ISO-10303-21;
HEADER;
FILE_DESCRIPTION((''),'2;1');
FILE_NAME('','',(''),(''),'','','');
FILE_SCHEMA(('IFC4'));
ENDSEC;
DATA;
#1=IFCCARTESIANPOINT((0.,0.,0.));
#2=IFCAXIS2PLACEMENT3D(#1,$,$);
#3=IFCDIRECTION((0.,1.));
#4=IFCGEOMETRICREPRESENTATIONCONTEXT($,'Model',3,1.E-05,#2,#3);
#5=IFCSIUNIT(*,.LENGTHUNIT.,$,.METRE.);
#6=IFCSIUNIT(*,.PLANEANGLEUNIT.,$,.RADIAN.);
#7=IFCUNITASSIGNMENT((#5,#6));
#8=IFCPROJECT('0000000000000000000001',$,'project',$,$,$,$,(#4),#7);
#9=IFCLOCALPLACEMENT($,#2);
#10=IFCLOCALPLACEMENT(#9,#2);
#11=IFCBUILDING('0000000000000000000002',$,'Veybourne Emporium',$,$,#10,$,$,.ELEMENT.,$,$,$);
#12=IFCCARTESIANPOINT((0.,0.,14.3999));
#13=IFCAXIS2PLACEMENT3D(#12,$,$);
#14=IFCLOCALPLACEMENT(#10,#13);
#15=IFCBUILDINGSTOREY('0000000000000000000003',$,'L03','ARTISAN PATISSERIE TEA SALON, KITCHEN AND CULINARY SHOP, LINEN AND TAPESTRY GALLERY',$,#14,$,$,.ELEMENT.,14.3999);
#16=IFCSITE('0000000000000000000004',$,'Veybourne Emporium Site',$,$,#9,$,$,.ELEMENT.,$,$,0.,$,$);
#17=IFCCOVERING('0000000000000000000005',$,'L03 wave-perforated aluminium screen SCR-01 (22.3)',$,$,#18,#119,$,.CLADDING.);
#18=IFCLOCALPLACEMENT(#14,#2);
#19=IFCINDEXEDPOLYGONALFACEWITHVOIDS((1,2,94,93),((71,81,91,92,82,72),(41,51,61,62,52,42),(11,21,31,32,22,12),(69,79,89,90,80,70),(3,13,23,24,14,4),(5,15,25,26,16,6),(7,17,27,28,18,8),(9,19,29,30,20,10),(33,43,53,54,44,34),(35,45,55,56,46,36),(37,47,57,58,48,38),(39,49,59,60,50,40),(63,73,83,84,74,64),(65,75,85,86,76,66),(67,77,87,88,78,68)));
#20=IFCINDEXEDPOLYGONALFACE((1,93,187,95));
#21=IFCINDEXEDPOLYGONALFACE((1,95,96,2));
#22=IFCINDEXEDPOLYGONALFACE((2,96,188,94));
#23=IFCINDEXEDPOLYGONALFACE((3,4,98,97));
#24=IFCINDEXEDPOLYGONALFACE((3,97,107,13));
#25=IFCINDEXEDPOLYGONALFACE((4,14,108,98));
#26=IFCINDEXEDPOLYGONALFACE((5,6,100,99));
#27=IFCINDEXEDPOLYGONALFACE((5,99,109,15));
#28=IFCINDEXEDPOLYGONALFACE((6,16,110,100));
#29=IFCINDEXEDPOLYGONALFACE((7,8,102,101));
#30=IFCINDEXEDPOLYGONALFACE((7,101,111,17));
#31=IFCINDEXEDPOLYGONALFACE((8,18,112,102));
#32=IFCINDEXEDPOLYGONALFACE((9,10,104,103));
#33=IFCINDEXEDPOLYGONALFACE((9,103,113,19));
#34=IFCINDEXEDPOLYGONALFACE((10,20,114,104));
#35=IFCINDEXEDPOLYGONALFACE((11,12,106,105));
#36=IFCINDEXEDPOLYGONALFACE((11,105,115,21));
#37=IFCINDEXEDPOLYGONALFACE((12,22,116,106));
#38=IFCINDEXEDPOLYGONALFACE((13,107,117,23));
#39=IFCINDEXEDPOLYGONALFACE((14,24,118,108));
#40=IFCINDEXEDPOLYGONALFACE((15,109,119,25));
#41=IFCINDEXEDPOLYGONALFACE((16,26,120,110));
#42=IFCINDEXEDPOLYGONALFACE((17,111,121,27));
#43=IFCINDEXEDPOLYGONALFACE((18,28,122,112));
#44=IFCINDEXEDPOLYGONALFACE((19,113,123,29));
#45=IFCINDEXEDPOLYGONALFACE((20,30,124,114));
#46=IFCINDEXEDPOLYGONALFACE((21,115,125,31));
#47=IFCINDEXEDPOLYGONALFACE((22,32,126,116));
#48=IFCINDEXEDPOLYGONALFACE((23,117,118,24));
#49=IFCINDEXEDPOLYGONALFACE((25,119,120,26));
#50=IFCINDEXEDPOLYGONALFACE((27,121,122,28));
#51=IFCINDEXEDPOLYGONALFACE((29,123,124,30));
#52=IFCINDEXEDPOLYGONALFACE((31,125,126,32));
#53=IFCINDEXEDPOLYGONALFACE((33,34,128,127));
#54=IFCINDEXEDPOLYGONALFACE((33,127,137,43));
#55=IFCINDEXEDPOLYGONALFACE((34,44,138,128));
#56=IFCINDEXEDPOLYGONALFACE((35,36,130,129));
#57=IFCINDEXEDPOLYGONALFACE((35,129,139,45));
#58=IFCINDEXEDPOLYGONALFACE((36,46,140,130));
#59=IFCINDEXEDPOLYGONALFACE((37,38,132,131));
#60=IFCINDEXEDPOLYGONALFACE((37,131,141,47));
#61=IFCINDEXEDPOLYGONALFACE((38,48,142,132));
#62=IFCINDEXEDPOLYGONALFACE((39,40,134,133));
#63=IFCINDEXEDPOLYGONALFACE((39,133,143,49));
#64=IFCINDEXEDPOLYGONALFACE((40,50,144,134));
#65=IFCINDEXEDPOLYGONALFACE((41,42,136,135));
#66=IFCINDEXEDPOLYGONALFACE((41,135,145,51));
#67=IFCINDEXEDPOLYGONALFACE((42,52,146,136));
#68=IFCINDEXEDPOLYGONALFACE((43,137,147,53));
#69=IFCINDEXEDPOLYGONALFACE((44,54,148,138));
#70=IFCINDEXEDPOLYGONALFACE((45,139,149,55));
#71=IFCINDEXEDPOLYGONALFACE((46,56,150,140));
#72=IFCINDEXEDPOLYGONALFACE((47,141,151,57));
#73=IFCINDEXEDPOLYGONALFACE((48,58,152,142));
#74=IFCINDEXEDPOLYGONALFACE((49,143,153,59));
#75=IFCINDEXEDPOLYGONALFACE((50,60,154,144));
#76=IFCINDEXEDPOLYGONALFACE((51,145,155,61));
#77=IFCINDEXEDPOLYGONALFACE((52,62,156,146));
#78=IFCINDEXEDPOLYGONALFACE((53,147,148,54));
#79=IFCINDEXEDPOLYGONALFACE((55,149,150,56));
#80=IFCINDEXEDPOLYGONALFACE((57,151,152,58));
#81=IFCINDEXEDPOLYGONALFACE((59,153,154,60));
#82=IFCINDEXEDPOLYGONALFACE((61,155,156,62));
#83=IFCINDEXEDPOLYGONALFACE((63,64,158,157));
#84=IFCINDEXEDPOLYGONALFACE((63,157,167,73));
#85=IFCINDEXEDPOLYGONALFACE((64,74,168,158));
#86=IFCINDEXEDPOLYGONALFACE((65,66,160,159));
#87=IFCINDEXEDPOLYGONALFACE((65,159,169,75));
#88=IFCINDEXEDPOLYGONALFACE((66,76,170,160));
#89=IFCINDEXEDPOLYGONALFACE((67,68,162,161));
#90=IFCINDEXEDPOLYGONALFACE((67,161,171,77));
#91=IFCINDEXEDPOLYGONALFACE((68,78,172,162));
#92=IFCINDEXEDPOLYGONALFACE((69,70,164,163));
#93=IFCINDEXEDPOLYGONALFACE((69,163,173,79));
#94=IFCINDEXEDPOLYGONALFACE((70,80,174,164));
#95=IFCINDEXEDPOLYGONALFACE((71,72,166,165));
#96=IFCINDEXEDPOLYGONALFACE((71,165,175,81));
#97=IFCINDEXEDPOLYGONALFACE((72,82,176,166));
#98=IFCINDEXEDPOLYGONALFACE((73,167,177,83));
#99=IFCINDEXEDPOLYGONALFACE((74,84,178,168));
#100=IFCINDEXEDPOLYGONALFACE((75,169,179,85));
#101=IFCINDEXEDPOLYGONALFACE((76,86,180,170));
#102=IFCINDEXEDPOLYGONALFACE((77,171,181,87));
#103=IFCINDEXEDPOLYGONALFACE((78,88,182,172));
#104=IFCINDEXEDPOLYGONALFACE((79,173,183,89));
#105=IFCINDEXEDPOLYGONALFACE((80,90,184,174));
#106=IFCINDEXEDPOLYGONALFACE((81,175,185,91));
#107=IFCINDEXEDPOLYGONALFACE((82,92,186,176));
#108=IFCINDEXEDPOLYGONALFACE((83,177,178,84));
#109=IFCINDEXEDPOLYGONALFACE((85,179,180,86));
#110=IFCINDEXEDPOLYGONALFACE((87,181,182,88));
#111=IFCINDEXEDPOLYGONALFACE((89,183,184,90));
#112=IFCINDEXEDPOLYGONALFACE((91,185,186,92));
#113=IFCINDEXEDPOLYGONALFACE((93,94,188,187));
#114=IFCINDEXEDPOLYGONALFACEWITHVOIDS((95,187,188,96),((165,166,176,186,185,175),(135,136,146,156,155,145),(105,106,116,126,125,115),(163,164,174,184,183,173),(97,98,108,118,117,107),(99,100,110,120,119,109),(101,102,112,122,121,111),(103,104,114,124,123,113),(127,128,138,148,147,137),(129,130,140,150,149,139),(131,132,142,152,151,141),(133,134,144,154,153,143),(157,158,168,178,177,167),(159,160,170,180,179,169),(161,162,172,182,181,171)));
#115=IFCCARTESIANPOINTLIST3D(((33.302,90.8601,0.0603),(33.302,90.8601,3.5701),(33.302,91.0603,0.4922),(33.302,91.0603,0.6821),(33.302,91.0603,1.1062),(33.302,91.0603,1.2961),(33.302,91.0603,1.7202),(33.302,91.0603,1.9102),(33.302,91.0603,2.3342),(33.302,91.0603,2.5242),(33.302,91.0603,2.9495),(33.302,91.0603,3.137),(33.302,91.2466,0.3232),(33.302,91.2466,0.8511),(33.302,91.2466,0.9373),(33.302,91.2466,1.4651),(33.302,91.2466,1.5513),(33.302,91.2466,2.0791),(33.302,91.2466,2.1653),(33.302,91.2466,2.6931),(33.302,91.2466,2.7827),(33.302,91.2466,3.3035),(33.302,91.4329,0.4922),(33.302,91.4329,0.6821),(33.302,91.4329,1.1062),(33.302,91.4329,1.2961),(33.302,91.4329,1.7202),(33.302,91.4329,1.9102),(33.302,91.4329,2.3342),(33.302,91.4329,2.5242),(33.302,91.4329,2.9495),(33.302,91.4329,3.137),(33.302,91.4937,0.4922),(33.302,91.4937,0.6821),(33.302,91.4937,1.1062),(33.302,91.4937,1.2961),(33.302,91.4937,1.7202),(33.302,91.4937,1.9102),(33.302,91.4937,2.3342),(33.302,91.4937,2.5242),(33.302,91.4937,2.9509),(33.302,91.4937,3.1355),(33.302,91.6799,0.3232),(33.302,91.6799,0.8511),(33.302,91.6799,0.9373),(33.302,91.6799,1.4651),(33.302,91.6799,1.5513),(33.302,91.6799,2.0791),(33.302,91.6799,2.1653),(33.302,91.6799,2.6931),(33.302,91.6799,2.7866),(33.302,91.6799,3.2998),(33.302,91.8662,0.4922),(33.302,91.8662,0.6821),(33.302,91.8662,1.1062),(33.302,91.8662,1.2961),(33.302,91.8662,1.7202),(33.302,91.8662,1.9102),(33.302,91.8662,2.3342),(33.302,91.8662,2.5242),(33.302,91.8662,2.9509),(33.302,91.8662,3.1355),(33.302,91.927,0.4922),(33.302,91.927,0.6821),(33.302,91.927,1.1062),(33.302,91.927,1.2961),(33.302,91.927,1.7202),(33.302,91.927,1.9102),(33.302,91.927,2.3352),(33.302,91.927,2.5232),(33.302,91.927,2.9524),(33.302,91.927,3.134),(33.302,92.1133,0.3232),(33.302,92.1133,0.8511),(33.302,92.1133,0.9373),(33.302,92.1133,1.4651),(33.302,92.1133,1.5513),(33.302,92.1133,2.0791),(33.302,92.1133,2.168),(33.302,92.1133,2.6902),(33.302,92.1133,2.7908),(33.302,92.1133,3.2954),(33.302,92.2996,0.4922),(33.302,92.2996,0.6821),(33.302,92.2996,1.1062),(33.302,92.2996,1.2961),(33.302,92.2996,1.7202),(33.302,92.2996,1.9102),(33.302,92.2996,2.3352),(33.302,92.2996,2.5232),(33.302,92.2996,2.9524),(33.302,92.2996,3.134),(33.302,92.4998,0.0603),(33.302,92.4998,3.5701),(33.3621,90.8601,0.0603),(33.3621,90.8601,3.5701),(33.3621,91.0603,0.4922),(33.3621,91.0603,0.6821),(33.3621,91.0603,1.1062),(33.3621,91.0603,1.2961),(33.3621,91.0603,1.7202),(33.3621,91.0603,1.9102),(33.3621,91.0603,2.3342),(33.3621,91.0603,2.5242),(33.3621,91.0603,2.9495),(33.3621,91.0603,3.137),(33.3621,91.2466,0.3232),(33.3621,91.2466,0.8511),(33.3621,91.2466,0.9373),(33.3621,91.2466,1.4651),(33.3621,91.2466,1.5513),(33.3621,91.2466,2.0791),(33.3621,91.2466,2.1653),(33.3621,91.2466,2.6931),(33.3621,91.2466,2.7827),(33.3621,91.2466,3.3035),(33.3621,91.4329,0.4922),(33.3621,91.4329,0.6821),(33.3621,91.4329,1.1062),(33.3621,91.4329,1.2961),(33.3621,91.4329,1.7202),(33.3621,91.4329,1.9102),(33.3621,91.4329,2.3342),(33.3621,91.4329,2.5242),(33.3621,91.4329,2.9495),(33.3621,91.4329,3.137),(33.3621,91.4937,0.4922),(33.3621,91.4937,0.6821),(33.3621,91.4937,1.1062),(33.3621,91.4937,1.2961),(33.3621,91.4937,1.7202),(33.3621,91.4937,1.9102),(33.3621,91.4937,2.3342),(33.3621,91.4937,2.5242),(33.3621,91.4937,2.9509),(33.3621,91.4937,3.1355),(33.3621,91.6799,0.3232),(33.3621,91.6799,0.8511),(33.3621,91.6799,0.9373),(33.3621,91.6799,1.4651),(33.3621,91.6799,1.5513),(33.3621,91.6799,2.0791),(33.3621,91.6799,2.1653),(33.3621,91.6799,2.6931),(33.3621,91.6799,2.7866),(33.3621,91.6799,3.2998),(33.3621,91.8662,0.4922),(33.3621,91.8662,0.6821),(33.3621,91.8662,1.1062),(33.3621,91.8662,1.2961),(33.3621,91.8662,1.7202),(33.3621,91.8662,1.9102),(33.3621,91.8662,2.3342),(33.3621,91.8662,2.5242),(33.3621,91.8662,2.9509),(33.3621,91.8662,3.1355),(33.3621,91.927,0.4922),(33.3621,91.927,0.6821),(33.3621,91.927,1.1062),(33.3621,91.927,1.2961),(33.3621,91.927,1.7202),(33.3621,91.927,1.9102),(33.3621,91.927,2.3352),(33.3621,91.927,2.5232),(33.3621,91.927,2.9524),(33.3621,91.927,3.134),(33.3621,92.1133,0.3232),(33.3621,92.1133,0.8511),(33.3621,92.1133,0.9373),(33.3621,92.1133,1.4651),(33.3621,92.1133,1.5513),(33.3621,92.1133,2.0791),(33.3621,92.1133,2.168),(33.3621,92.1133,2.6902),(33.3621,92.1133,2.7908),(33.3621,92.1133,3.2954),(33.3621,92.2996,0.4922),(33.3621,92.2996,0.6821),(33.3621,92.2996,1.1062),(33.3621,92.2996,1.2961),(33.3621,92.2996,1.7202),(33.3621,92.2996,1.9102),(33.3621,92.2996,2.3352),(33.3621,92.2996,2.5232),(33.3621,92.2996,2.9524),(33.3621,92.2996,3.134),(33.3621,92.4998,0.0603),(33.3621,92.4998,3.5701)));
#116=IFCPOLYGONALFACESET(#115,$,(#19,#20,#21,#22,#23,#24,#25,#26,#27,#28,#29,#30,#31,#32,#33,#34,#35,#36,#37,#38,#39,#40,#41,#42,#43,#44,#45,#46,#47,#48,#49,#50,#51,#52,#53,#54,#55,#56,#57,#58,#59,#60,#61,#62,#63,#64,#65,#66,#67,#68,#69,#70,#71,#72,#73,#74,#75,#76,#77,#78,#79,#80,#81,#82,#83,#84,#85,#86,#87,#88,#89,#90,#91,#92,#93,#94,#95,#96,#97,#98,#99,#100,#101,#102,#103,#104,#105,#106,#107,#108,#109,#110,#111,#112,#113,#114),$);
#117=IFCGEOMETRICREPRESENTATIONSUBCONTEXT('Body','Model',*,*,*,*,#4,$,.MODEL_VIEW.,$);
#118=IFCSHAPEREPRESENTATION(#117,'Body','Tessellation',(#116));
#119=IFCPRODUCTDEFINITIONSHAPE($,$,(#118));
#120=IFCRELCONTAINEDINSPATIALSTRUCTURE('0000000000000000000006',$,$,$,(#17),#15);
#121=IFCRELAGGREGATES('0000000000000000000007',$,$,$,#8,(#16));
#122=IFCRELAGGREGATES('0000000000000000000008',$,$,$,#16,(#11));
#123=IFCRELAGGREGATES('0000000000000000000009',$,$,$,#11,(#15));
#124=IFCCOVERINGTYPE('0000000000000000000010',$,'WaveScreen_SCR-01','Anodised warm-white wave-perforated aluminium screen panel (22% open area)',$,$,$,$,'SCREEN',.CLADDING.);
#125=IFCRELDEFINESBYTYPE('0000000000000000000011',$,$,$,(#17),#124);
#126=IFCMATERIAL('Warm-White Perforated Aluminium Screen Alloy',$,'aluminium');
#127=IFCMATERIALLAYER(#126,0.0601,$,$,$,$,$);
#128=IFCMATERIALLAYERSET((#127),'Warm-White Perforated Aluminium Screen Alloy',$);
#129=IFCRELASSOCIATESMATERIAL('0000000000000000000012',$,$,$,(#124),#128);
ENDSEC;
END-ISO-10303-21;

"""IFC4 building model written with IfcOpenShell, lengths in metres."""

from ifc_helpers import new_model, si_unit, direction, frame, origin, place, context, subcontext, project, spatial, polyline, outline, extrude, material, layer, layer_set, type_object, element, save


model = new_model("IFC4")

# Units and contexts
model_context = context("Model", 3, precision=1e-05, world=origin(), true_north=direction((0.0, 1.0)))
body_context = subcontext(model_context, "Body", "Model", "MODEL_VIEW")
ifc_project = project(units=[si_unit("LENGTHUNIT", "METRE"), si_unit("PLANEANGLEUNIT", "RADIAN")], contexts=[model_context])

# Site, building, storey
site_placement = place(None, origin())
site = spatial("IfcSite", under=ifc_project, at=site_placement, Name="Veybourne Emporium Site", CompositionType="ELEMENT", RefElevation=0.0)
building_placement = place(site_placement, origin())
building = spatial("IfcBuilding", under=site, at=building_placement, Name="Veybourne Emporium", CompositionType="ELEMENT")
storey_placement = place(building_placement, frame((0.0, 0.0, 14.3999)))
storey = spatial("IfcBuildingStorey", under=building, at=storey_placement, Name="L03", Description="ARTISAN PATISSERIE TEA SALON, KITCHEN AND CULINARY SHOP, LINEN AND TAPESTRY GALLERY", CompositionType="ELEMENT", Elevation=14.3999)

# Covering
ifc_material_1 = material(Name="Warm-White Perforated Aluminium Screen Alloy", Category="aluminium")
ifc_layer_1 = layer(ifc_material_1, 0.0601)
ifc_layer_set_1 = layer_set([ifc_layer_1], Name="Warm-White Perforated Aluminium Screen Alloy")
covering_type_1 = type_object("IfcCoveringType", Name="WaveScreen_SCR-01", Description="Anodised warm-white wave-perforated aluminium screen panel (22% open area)", ElementType="SCREEN", PredefinedType="CLADDING", material=ifc_layer_set_1)
covering_1_placement = place(storey_placement, frame((33.302, 91.6799, 1.8152), z_axis=(1.0, 0.0, 0.0), x_axis=(0.0, 1.0, 0.0)))
element("IfcCovering", 1, at=covering_1_placement, inside=storey, type_object=covering_type_1, Name="L03 wave-perforated aluminium screen SCR-01 (22.3)", PredefinedType="CLADDING", context=body_context, shape_type="SweptSolid", body=[
    extrude(outline(polyline([(-0.8198, -1.7549), (0.8198, -1.7549), (0.8198, 1.7549), (-0.8198, 1.7549), (-0.8198, -1.7549)]), holes=[polyline([(-0.4333, -0.9641), (-0.2471, -1.1331), (-0.2471, -1.323), (-0.4333, -1.4919), (-0.6196, -1.323), (-0.6196, -1.1331), (-0.4333, -0.9641)]), polyline([(-0.4333, -0.3501), (-0.2471, -0.519), (-0.2471, -0.709), (-0.4333, -0.8779), (-0.6196, -0.709), (-0.6196, -0.519), (-0.4333, -0.3501)]), polyline([(-0.4333, 0.2639), (-0.2471, 0.095), (-0.2471, -0.095), (-0.4333, -0.2639), (-0.6196, -0.095), (-0.6196, 0.095), (-0.4333, 0.2639)]), polyline([(-0.4333, 0.8779), (-0.2471, 0.709), (-0.2471, 0.519), (-0.4333, 0.3501), (-0.6196, 0.519), (-0.6196, 0.709), (-0.4333, 0.8779)]), polyline([(-0.4333, 1.4883), (-0.2471, 1.3218), (-0.2471, 1.1343), (-0.4333, 0.9675), (-0.6196, 1.1343), (-0.6196, 1.3218), (-0.4333, 1.4883)]), polyline([(0.0, -0.9641), (0.1863, -1.1331), (0.1863, -1.323), (0.0, -1.4919), (-0.1863, -1.323), (-0.1863, -1.1331), (0.0, -0.9641)]), polyline([(0.0, -0.3501), (0.1863, -0.519), (0.1863, -0.709), (0.0, -0.8779), (-0.1863, -0.709), (-0.1863, -0.519), (0.0, -0.3501)]), polyline([(0.0, 0.2639), (0.1863, 0.095), (0.1863, -0.095), (0.0, -0.2639), (-0.1863, -0.095), (-0.1863, 0.095), (0.0, 0.2639)]), polyline([(0.0, 0.8779), (0.1863, 0.709), (0.1863, 0.519), (0.0, 0.3501), (-0.1863, 0.519), (-0.1863, 0.709), (0.0, 0.8779)]), polyline([(0.0, 1.4846), (0.1863, 1.3203), (0.1863, 1.1357), (0.0, 0.9714), (-0.1863, 1.1357), (-0.1863, 1.3203), (0.0, 1.4846)]), polyline([(0.4333, -0.9641), (0.6196, -1.1331), (0.6196, -1.323), (0.4333, -1.4919), (0.2471, -1.323), (0.2471, -1.1331), (0.4333, -0.9641)]), polyline([(0.4333, -0.3501), (0.6196, -0.519), (0.6196, -0.709), (0.4333, -0.8779), (0.2471, -0.709), (0.2471, -0.519), (0.4333, -0.3501)]), polyline([(0.4333, 0.2639), (0.6196, 0.095), (0.6196, -0.095), (0.4333, -0.2639), (0.2471, -0.095), (0.2471, 0.095), (0.4333, 0.2639)]), polyline([(0.4333, 0.875), (0.6196, 0.708), (0.6196, 0.52), (0.4333, 0.3528), (0.2471, 0.52), (0.2471, 0.708), (0.4333, 0.875)]), polyline([(0.4333, 1.4802), (0.6196, 1.3188), (0.6196, 1.1372), (0.4333, 0.9756), (0.2471, 1.1372), (0.2471, 1.3188), (0.4333, 1.4802)])]), origin(), (0.0, 0.0, 1.0), 0.0601),
])

save(model, "model.ifc")
